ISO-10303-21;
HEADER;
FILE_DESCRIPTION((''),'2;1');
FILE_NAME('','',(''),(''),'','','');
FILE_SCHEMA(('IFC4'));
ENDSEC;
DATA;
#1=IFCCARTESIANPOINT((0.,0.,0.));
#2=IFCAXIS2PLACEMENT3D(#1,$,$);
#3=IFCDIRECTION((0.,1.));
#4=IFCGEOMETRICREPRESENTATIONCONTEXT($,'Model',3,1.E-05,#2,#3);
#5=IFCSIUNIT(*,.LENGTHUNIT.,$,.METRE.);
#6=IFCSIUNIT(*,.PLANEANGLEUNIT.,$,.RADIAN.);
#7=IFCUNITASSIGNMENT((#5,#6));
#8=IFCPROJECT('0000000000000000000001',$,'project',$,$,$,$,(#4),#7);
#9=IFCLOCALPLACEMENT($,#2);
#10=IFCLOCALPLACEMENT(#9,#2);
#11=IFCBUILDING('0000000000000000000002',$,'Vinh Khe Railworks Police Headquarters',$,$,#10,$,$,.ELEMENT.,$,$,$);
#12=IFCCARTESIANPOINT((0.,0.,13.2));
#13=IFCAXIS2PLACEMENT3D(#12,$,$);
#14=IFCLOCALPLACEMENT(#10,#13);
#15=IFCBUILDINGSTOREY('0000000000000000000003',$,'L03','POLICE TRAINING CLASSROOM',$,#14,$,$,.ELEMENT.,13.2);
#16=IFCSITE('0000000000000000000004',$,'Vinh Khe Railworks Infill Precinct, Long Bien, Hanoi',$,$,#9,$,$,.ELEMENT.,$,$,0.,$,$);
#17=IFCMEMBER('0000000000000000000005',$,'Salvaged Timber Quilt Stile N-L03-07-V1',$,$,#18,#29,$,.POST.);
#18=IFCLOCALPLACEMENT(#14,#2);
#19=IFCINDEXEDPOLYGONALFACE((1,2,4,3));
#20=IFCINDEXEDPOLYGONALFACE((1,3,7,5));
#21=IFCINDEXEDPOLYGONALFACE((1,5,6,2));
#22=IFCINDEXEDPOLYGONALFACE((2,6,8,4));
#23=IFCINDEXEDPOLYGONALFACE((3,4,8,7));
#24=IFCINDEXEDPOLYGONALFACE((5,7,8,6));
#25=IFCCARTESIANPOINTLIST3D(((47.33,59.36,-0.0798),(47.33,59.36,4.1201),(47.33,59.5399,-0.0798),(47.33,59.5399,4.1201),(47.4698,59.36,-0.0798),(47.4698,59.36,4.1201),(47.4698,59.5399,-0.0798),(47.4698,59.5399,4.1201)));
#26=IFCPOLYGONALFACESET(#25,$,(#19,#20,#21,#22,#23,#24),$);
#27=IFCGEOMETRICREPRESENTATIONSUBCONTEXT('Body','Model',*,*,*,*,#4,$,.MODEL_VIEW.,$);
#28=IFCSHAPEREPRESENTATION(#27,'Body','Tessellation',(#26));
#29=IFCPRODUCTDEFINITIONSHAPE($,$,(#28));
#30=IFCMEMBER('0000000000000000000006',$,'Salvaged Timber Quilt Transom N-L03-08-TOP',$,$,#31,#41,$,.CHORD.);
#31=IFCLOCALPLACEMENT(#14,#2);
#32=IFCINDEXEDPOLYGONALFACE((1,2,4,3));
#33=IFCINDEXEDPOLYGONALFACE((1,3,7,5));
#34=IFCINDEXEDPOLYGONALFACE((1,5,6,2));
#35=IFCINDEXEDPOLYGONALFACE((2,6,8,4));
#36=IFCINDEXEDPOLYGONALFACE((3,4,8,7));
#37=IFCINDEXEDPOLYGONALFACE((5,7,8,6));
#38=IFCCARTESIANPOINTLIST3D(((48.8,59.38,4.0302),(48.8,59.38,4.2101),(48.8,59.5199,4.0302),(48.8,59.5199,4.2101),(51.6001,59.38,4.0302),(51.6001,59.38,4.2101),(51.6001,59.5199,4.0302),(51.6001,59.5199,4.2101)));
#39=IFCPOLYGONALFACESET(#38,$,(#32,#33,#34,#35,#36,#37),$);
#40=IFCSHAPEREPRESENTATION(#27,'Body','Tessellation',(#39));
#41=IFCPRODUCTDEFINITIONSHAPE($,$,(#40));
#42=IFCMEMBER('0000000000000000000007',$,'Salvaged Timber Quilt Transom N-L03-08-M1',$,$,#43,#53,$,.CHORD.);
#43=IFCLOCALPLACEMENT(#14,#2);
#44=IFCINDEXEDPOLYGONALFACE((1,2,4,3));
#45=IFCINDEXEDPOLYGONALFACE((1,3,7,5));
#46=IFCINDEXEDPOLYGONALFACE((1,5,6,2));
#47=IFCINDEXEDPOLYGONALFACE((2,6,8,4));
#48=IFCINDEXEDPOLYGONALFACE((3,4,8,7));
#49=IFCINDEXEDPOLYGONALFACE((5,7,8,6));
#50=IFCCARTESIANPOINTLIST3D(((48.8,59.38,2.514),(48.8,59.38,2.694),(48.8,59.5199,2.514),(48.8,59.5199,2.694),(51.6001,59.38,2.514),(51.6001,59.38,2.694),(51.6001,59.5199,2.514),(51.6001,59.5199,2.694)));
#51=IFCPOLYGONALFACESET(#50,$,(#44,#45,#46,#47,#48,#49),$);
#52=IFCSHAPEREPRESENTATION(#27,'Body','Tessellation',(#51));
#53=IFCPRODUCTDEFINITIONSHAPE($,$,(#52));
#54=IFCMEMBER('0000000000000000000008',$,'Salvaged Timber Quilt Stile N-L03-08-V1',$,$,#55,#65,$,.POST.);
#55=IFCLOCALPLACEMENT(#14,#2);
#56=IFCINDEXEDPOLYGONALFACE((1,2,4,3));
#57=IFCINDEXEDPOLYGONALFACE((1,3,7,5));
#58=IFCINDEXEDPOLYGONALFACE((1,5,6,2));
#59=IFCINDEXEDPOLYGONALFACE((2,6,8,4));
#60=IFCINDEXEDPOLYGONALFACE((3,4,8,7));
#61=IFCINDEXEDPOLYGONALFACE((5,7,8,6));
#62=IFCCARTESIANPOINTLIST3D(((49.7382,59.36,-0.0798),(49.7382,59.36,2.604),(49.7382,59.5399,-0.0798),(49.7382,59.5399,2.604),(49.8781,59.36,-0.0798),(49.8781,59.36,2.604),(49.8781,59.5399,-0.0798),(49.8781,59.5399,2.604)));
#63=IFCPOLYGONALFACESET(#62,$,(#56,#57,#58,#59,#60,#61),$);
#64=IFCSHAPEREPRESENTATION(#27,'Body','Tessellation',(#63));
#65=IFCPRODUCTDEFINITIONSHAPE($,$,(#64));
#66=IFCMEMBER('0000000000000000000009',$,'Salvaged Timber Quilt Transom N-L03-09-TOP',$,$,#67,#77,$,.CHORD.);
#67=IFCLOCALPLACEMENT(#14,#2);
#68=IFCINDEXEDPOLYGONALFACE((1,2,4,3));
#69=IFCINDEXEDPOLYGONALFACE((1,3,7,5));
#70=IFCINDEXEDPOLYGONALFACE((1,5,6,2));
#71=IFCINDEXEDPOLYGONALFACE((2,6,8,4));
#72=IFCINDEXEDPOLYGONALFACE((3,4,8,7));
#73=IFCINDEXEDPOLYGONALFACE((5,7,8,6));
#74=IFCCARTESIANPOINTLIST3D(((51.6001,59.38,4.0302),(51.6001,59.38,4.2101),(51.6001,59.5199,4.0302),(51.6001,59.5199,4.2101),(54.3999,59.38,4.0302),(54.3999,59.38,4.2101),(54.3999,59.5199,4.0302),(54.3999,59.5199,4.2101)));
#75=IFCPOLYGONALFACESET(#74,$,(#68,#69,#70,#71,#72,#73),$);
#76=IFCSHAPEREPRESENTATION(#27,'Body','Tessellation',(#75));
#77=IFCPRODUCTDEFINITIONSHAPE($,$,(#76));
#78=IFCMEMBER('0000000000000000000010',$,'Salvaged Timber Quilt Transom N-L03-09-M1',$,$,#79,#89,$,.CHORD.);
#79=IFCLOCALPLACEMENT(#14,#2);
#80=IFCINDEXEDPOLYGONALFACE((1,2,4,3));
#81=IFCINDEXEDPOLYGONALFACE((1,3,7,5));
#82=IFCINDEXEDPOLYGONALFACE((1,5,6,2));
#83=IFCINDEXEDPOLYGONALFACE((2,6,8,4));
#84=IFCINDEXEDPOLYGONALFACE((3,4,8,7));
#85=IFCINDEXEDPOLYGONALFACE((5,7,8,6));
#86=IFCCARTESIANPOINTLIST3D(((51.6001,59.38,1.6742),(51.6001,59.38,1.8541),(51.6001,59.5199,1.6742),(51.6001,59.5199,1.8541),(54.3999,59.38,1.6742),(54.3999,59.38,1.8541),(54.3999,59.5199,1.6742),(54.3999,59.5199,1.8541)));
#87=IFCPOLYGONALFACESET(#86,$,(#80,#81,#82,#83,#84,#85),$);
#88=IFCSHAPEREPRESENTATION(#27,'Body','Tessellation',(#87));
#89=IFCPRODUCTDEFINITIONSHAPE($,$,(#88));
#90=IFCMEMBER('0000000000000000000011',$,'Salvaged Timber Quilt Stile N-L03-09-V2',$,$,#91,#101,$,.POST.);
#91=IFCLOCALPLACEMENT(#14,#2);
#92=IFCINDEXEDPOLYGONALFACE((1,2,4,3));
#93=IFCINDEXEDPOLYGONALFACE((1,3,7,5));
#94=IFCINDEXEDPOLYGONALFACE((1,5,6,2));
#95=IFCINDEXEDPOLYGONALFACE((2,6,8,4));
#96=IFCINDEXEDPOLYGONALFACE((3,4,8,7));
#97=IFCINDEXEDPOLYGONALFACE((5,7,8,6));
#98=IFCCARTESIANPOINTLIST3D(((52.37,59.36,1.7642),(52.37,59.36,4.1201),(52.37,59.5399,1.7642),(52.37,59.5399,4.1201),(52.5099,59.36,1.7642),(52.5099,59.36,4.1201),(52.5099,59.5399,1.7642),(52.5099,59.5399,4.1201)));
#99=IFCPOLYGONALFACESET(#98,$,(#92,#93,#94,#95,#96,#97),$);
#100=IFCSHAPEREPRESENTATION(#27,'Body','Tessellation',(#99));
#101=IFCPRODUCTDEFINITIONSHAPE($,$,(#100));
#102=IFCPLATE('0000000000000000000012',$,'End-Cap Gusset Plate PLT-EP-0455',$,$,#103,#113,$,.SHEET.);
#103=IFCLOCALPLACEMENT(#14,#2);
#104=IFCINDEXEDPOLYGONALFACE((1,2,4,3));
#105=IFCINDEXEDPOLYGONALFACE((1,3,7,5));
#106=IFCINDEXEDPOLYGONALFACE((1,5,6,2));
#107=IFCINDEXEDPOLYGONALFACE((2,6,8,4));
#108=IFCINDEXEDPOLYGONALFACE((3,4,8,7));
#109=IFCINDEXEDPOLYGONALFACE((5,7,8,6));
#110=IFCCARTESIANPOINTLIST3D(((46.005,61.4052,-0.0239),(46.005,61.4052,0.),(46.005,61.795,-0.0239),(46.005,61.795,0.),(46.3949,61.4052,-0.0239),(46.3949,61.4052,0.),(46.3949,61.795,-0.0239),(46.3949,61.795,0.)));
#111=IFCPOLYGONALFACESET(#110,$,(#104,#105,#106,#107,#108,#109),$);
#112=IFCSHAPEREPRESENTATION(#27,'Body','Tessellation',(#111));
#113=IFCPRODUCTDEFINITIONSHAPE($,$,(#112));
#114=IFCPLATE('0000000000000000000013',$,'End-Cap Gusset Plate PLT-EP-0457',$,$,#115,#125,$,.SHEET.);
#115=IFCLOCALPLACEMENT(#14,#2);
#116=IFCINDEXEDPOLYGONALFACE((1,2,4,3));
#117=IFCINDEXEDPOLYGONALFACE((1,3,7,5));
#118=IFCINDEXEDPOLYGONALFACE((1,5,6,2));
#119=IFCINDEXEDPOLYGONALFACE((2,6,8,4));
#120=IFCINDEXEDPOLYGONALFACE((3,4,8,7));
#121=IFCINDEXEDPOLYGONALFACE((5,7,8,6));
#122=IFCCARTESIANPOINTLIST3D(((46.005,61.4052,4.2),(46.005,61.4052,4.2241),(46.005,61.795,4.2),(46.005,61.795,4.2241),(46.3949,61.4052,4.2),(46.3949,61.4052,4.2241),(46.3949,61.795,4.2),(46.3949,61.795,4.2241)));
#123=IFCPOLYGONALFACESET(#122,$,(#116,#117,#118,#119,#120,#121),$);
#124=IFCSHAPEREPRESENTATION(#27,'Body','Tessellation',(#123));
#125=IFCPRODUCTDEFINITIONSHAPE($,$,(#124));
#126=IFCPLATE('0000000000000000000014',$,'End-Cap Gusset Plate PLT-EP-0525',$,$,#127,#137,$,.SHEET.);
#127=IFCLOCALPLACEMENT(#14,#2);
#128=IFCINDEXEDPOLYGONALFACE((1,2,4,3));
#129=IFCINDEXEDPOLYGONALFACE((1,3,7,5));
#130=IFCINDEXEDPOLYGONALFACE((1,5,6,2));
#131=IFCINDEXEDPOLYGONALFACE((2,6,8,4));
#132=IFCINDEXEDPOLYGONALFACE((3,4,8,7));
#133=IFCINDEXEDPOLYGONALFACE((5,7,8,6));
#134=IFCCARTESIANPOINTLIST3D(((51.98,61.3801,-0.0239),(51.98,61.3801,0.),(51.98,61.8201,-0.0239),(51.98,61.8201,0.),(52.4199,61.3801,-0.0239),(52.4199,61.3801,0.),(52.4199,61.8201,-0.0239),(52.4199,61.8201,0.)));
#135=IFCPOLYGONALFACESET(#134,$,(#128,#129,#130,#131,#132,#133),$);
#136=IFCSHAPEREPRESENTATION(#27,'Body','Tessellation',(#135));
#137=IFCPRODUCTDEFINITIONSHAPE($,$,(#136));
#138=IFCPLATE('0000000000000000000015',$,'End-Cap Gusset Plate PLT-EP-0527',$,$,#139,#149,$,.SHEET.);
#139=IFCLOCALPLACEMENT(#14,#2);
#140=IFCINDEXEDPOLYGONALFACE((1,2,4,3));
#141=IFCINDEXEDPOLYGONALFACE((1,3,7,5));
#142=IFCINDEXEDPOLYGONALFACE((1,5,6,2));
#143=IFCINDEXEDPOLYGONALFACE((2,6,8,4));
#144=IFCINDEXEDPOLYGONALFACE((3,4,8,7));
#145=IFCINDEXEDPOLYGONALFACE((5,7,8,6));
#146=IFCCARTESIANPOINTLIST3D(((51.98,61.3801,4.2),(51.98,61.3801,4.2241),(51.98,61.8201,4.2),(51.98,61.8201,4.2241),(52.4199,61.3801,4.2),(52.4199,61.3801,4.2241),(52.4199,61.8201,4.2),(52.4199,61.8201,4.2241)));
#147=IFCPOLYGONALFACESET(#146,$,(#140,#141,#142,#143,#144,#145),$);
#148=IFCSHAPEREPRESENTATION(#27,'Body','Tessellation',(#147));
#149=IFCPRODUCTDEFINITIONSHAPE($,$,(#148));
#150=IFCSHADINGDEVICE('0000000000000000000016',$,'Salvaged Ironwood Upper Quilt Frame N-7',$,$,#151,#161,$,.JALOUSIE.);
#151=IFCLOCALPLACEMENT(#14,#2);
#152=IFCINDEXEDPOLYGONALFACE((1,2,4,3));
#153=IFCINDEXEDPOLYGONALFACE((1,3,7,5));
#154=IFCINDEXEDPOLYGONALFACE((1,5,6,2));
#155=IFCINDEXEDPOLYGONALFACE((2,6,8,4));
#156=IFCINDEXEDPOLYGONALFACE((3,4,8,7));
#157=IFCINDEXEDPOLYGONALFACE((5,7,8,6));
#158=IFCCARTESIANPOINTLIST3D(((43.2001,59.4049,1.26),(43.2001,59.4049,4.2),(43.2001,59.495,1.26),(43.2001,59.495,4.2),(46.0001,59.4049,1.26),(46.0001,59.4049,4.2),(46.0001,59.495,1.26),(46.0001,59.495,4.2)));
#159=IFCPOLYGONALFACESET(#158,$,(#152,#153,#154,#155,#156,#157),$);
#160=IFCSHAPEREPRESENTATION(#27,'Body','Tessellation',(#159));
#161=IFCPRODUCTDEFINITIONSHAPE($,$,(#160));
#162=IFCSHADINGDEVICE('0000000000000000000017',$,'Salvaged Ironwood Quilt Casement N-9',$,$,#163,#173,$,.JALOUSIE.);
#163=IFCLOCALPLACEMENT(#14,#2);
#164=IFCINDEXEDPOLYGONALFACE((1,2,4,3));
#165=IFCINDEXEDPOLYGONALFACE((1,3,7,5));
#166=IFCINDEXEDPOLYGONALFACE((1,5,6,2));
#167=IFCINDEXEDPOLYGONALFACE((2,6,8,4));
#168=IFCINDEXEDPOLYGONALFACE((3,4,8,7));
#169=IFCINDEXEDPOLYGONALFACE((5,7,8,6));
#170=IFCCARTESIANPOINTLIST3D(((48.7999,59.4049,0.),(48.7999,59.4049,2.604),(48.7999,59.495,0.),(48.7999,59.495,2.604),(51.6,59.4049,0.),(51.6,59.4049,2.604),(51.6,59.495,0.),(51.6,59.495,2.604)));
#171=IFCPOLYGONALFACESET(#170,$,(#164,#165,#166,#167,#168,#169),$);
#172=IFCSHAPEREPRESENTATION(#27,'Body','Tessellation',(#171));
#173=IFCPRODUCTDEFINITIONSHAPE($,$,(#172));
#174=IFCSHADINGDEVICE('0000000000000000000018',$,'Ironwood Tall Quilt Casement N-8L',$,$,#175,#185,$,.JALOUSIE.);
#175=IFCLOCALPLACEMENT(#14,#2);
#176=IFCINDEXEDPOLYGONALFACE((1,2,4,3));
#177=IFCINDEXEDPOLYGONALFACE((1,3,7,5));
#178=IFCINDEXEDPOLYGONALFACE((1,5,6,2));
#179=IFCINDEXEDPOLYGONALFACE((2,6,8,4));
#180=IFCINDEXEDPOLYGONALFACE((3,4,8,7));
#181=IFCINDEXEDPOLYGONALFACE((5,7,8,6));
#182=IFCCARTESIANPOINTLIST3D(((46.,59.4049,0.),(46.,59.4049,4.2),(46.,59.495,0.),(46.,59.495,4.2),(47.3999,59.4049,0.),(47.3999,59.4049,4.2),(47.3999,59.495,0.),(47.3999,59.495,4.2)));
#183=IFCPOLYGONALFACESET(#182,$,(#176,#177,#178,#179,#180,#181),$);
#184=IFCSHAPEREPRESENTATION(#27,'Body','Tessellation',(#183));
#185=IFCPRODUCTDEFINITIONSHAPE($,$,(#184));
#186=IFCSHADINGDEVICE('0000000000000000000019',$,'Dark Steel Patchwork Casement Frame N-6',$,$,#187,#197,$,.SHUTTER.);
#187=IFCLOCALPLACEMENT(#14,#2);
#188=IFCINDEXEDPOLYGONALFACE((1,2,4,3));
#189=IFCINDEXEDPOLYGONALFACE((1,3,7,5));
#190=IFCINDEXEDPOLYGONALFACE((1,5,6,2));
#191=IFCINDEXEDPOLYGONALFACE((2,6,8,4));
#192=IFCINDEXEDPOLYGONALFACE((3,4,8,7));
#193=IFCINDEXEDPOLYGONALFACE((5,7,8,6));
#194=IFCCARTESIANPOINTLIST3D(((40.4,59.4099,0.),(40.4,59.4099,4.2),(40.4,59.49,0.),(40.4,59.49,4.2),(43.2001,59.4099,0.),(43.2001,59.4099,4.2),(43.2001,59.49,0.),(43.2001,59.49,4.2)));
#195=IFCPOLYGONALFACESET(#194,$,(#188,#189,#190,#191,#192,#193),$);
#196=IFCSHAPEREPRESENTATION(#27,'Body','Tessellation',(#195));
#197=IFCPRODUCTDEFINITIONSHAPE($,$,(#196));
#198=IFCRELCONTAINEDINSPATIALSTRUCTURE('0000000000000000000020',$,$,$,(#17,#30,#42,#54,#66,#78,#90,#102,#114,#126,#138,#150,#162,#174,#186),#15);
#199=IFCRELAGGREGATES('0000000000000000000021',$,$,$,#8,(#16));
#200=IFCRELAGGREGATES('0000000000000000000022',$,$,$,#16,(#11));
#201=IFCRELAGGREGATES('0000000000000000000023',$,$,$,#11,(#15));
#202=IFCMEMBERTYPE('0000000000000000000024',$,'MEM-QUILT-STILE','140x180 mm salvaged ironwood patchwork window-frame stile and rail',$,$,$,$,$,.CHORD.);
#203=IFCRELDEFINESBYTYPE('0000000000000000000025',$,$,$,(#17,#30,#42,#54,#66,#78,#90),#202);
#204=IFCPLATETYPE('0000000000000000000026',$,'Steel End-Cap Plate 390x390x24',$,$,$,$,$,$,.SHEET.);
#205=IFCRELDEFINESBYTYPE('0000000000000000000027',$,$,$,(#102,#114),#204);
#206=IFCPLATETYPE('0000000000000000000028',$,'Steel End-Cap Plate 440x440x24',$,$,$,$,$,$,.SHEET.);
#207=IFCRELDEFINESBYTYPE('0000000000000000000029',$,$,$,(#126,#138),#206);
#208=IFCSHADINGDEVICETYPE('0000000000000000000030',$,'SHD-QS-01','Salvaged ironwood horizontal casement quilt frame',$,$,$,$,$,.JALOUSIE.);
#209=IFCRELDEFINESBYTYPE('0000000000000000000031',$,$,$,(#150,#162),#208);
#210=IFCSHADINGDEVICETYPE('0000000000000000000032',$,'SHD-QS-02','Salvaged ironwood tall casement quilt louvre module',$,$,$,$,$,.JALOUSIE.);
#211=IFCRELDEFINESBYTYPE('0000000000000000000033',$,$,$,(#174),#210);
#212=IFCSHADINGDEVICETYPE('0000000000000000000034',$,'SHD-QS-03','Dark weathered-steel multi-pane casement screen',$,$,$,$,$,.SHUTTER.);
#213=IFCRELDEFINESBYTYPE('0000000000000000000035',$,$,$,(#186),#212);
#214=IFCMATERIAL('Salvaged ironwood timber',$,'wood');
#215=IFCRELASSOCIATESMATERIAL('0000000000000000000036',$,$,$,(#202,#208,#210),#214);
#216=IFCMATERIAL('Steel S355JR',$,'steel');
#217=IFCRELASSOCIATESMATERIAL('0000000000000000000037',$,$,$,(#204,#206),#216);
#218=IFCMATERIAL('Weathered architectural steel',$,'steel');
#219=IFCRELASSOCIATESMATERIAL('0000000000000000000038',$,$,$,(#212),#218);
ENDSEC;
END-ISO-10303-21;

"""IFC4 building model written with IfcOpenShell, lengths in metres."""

from ifc_helpers import new_model, si_unit, direction, frame, origin, origin_2d, place, context, subcontext, project, spatial, rectangle, extrude, material, material_profile, profile_set, type_object, element, save


model = new_model("IFC4")

# Units and contexts
model_context = context("Model", 3, precision=1e-05, world=origin(), true_north=direction((0.0, 1.0)))
body_context = subcontext(model_context, "Body", "Model", "MODEL_VIEW")
ifc_project = project(units=[si_unit("LENGTHUNIT", "METRE"), si_unit("PLANEANGLEUNIT", "RADIAN")], contexts=[model_context])

# Site, building, storey
site_placement = place(None, origin())
site = spatial("IfcSite", under=ifc_project, at=site_placement, Name="Vinh Khe Railworks Infill Precinct, Long Bien, Hanoi", CompositionType="ELEMENT", RefElevation=0.0)
building_placement = place(site_placement, origin())
building = spatial("IfcBuilding", under=site, at=building_placement, Name="Vinh Khe Railworks Police Headquarters", CompositionType="ELEMENT")
storey_placement = place(building_placement, frame((0.0, 0.0, 13.2)))
storey = spatial("IfcBuildingStorey", under=building, at=storey_placement, Name="L03", Description="POLICE TRAINING CLASSROOM", CompositionType="ELEMENT", Elevation=13.2)

# Shared definitions
ifc_material_1 = material(Name="Steel S355JR", Category="steel")

# Members
ifc_material_2 = material(Name="Salvaged ironwood timber", Category="wood")
ifc_material_profile_1 = material_profile(ifc_material_2, rectangle(XDim=0.1399, YDim=0.1799, at=origin_2d()), Name="TIMBER 140x180")
ifc_profile_set_1 = profile_set([ifc_material_profile_1], Name="Salvaged ironwood timber")
member_type = type_object("IfcMemberType", Name="MEM-QUILT-STILE", Description="140x180 mm salvaged ironwood patchwork window-frame stile and rail", PredefinedType="CHORD", material=ifc_profile_set_1)
member_1_placement = place(storey_placement, frame((47.3999, 59.45, -0.0798), z_axis=(0.0, 0.0, 1.0), x_axis=(1.0, 0.0, 0.0)))
element("IfcMember", 1, at=member_1_placement, inside=storey, type_object=member_type, Name="Salvaged Timber Quilt Stile N-L03-07-V1", PredefinedType="POST", context=body_context, shape_type="SweptSolid", body=[
    extrude(rectangle(XDim=0.1399, YDim=0.1799, at=origin_2d()), origin(), (0.0, 0.0, 1.0), 4.2),
])
for number, where, z_axis, x_axis, name in (
    (2, (48.8, 59.45, 4.1201), (1.0, 0.0, 0.0), (0.0, 1.0, 0.0), "Salvaged Timber Quilt Transom N-L03-08-TOP"),
    (3, (48.8, 59.45, 2.604), (1.0, 0.0, 0.0), (0.0, 1.0, 0.0), "Salvaged Timber Quilt Transom N-L03-08-M1"),
):
    element("IfcMember", number, at=place(storey_placement, frame(where, z_axis=z_axis, x_axis=x_axis)), inside=storey, type_object=member_type, Name=name, PredefinedType="CHORD", context=body_context, shape_type="SweptSolid", body=[
        extrude(rectangle(XDim=0.1399, YDim=0.1799, at=origin_2d()), origin(), (0.0, 0.0, 1.0), 2.8),
    ])
member_2_placement = place(storey_placement, frame((49.8081, 59.45, -0.0798), z_axis=(0.0, 0.0, 1.0), x_axis=(1.0, 0.0, 0.0)))
element("IfcMember", 4, at=member_2_placement, inside=storey, type_object=member_type, Name="Salvaged Timber Quilt Stile N-L03-08-V1", PredefinedType="POST", context=body_context, shape_type="SweptSolid", body=[
    extrude(rectangle(XDim=0.1399, YDim=0.1799, at=origin_2d()), origin(), (0.0, 0.0, 1.0), 2.6838),
])
for number, where, z_axis, x_axis, name in (
    (5, (51.6001, 59.45, 4.1201), (1.0, 0.0, 0.0), (0.0, 1.0, 0.0), "Salvaged Timber Quilt Transom N-L03-09-TOP"),
    (6, (51.6001, 59.45, 1.7642), (1.0, 0.0, 0.0), (0.0, 1.0, 0.0), "Salvaged Timber Quilt Transom N-L03-09-M1"),
):
    element("IfcMember", number, at=place(storey_placement, frame(where, z_axis=z_axis, x_axis=x_axis)), inside=storey, type_object=member_type, Name=name, PredefinedType="CHORD", context=body_context, shape_type="SweptSolid", body=[
        extrude(rectangle(XDim=0.1399, YDim=0.1799, at=origin_2d()), origin(), (0.0, 0.0, 1.0), 2.7998),
    ])
member_3_placement = place(storey_placement, frame((52.4399, 59.45, 1.7642), z_axis=(0.0, 0.0, 1.0), x_axis=(1.0, 0.0, 0.0)))
element("IfcMember", 7, at=member_3_placement, inside=storey, type_object=member_type, Name="Salvaged Timber Quilt Stile N-L03-09-V2", PredefinedType="POST", context=body_context, shape_type="SweptSolid", body=[
    extrude(rectangle(XDim=0.1399, YDim=0.1799, at=origin_2d()), origin(), (0.0, 0.0, 1.0), 2.356),
])

# Plates
ifc_material_profile_2 = material_profile(ifc_material_1, rectangle(XDim=0.3899, YDim=0.3899, at=origin_2d()), Name="PL 390x390")
ifc_profile_set_2 = profile_set([ifc_material_profile_2], Name="Steel S355JR")
plate_type_1 = type_object("IfcPlateType", Name="Steel End-Cap Plate 390x390x24", PredefinedType="SHEET", material=ifc_profile_set_2)
plate_1_placement = place(storey_placement, frame((46.2, 61.6001, 0.0), z_axis=(0.0, 0.0, -1.0), x_axis=(1.0, 0.0, 0.0)))
element("IfcPlate", 8, at=plate_1_placement, inside=storey, type_object=plate_type_1, Name="End-Cap Gusset Plate PLT-EP-0455", PredefinedType="SHEET", context=body_context, shape_type="SweptSolid", body=[
    extrude(rectangle(XDim=0.3899, YDim=0.3899, at=origin_2d()), origin(), (0.0, 0.0, 1.0), 0.0239),
])
plate_2_placement = place(storey_placement, frame((46.2, 61.6001, 4.2), z_axis=(0.0, 0.0, 1.0), x_axis=(1.0, 0.0, 0.0)))
element("IfcPlate", 9, at=plate_2_placement, inside=storey, type_object=plate_type_1, Name="End-Cap Gusset Plate PLT-EP-0457", PredefinedType="SHEET", context=body_context, shape_type="SweptSolid", body=[
    extrude(rectangle(XDim=0.3899, YDim=0.3899, at=origin_2d()), origin(), (0.0, 0.0, 1.0), 0.0242),
])
ifc_material_profile_3 = material_profile(ifc_material_1, rectangle(XDim=0.4399, YDim=0.4399, at=origin_2d()), Name="PL 440x440")
ifc_profile_set_3 = profile_set([ifc_material_profile_3], Name="Steel S355JR")
plate_type_2 = type_object("IfcPlateType", Name="Steel End-Cap Plate 440x440x24", PredefinedType="SHEET", material=ifc_profile_set_3)
plate_3_placement = place(storey_placement, frame((52.2, 61.6001, 0.0), z_axis=(0.0, 0.0, -1.0), x_axis=(1.0, 0.0, 0.0)))
element("IfcPlate", 10, at=plate_3_placement, inside=storey, type_object=plate_type_2, Name="End-Cap Gusset Plate PLT-EP-0525", PredefinedType="SHEET", context=body_context, shape_type="SweptSolid", body=[
    extrude(rectangle(XDim=0.4399, YDim=0.4399, at=origin_2d()), origin(), (0.0, 0.0, 1.0), 0.0239),
])
plate_4_placement = place(storey_placement, frame((52.2, 61.6001, 4.2), z_axis=(0.0, 0.0, 1.0), x_axis=(1.0, 0.0, 0.0)))
element("IfcPlate", 11, at=plate_4_placement, inside=storey, type_object=plate_type_2, Name="End-Cap Gusset Plate PLT-EP-0527", PredefinedType="SHEET", context=body_context, shape_type="SweptSolid", body=[
    extrude(rectangle(XDim=0.4399, YDim=0.4399, at=origin_2d()), origin(), (0.0, 0.0, 1.0), 0.0242),
])

# Shading devices
shading_device_type_1 = type_object("IfcShadingDeviceType", Name="SHD-QS-01", Description="Salvaged ironwood horizontal casement quilt frame", PredefinedType="JALOUSIE", material=ifc_material_2)
shading_device_1_placement = place(storey_placement, frame((44.6001, 59.45, 1.26), z_axis=(0.0, 0.0, 1.0), x_axis=(1.0, 0.0, 0.0)))
element("IfcShadingDevice", 12, at=shading_device_1_placement, inside=storey, type_object=shading_device_type_1, Name="Salvaged Ironwood Upper Quilt Frame N-7", PredefinedType="JALOUSIE", context=body_context, shape_type="SweptSolid", body=[
    extrude(rectangle(XDim=2.8, YDim=0.0901, at=origin_2d()), origin(), (0.0, 0.0, 1.0), 2.9399),
])
shading_device_2_placement = place(storey_placement, frame((50.2, 59.45, 0.0), z_axis=(0.0, 0.0, 1.0), x_axis=(1.0, 0.0, 0.0)))
element("IfcShadingDevice", 13, at=shading_device_2_placement, inside=storey, type_object=shading_device_type_1, Name="Salvaged Ironwood Quilt Casement N-9", PredefinedType="JALOUSIE", context=body_context, shape_type="SweptSolid", body=[
    extrude(rectangle(XDim=2.8, YDim=0.0901, at=origin_2d()), origin(), (0.0, 0.0, 1.0), 2.604),
])
shading_device_type_2 = type_object("IfcShadingDeviceType", Name="SHD-QS-02", Description="Salvaged ironwood tall casement quilt louvre module", PredefinedType="JALOUSIE", material=ifc_material_2)
shading_device_3_placement = place(storey_placement, frame((46.7, 59.45, 0.0), z_axis=(0.0, 0.0, 1.0), x_axis=(1.0, 0.0, 0.0)))
element("IfcShadingDevice", 14, at=shading_device_3_placement, inside=storey, type_object=shading_device_type_2, Name="Ironwood Tall Quilt Casement N-8L", PredefinedType="JALOUSIE", context=body_context, shape_type="SweptSolid", body=[
    extrude(rectangle(XDim=1.3999, YDim=0.0901, at=origin_2d()), origin(), (0.0, 0.0, 1.0), 4.2),
])
ifc_material_3 = material(Name="Weathered architectural steel", Category="steel")
shading_device_type_3 = type_object("IfcShadingDeviceType", Name="SHD-QS-03", Description="Dark weathered-steel multi-pane casement screen", PredefinedType="SHUTTER", material=ifc_material_3)
shading_device_4_placement = place(storey_placement, frame((41.8, 59.45, 0.0), z_axis=(0.0, 0.0, 1.0), x_axis=(1.0, 0.0, 0.0)))
element("IfcShadingDevice", 15, at=shading_device_4_placement, inside=storey, type_object=shading_device_type_3, Name="Dark Steel Patchwork Casement Frame N-6", PredefinedType="SHUTTER", context=body_context, shape_type="SweptSolid", body=[
    extrude(rectangle(XDim=2.8, YDim=0.0801, at=origin_2d()), origin(), (0.0, 0.0, 1.0), 4.2),
])

save(model, "model.ifc")
